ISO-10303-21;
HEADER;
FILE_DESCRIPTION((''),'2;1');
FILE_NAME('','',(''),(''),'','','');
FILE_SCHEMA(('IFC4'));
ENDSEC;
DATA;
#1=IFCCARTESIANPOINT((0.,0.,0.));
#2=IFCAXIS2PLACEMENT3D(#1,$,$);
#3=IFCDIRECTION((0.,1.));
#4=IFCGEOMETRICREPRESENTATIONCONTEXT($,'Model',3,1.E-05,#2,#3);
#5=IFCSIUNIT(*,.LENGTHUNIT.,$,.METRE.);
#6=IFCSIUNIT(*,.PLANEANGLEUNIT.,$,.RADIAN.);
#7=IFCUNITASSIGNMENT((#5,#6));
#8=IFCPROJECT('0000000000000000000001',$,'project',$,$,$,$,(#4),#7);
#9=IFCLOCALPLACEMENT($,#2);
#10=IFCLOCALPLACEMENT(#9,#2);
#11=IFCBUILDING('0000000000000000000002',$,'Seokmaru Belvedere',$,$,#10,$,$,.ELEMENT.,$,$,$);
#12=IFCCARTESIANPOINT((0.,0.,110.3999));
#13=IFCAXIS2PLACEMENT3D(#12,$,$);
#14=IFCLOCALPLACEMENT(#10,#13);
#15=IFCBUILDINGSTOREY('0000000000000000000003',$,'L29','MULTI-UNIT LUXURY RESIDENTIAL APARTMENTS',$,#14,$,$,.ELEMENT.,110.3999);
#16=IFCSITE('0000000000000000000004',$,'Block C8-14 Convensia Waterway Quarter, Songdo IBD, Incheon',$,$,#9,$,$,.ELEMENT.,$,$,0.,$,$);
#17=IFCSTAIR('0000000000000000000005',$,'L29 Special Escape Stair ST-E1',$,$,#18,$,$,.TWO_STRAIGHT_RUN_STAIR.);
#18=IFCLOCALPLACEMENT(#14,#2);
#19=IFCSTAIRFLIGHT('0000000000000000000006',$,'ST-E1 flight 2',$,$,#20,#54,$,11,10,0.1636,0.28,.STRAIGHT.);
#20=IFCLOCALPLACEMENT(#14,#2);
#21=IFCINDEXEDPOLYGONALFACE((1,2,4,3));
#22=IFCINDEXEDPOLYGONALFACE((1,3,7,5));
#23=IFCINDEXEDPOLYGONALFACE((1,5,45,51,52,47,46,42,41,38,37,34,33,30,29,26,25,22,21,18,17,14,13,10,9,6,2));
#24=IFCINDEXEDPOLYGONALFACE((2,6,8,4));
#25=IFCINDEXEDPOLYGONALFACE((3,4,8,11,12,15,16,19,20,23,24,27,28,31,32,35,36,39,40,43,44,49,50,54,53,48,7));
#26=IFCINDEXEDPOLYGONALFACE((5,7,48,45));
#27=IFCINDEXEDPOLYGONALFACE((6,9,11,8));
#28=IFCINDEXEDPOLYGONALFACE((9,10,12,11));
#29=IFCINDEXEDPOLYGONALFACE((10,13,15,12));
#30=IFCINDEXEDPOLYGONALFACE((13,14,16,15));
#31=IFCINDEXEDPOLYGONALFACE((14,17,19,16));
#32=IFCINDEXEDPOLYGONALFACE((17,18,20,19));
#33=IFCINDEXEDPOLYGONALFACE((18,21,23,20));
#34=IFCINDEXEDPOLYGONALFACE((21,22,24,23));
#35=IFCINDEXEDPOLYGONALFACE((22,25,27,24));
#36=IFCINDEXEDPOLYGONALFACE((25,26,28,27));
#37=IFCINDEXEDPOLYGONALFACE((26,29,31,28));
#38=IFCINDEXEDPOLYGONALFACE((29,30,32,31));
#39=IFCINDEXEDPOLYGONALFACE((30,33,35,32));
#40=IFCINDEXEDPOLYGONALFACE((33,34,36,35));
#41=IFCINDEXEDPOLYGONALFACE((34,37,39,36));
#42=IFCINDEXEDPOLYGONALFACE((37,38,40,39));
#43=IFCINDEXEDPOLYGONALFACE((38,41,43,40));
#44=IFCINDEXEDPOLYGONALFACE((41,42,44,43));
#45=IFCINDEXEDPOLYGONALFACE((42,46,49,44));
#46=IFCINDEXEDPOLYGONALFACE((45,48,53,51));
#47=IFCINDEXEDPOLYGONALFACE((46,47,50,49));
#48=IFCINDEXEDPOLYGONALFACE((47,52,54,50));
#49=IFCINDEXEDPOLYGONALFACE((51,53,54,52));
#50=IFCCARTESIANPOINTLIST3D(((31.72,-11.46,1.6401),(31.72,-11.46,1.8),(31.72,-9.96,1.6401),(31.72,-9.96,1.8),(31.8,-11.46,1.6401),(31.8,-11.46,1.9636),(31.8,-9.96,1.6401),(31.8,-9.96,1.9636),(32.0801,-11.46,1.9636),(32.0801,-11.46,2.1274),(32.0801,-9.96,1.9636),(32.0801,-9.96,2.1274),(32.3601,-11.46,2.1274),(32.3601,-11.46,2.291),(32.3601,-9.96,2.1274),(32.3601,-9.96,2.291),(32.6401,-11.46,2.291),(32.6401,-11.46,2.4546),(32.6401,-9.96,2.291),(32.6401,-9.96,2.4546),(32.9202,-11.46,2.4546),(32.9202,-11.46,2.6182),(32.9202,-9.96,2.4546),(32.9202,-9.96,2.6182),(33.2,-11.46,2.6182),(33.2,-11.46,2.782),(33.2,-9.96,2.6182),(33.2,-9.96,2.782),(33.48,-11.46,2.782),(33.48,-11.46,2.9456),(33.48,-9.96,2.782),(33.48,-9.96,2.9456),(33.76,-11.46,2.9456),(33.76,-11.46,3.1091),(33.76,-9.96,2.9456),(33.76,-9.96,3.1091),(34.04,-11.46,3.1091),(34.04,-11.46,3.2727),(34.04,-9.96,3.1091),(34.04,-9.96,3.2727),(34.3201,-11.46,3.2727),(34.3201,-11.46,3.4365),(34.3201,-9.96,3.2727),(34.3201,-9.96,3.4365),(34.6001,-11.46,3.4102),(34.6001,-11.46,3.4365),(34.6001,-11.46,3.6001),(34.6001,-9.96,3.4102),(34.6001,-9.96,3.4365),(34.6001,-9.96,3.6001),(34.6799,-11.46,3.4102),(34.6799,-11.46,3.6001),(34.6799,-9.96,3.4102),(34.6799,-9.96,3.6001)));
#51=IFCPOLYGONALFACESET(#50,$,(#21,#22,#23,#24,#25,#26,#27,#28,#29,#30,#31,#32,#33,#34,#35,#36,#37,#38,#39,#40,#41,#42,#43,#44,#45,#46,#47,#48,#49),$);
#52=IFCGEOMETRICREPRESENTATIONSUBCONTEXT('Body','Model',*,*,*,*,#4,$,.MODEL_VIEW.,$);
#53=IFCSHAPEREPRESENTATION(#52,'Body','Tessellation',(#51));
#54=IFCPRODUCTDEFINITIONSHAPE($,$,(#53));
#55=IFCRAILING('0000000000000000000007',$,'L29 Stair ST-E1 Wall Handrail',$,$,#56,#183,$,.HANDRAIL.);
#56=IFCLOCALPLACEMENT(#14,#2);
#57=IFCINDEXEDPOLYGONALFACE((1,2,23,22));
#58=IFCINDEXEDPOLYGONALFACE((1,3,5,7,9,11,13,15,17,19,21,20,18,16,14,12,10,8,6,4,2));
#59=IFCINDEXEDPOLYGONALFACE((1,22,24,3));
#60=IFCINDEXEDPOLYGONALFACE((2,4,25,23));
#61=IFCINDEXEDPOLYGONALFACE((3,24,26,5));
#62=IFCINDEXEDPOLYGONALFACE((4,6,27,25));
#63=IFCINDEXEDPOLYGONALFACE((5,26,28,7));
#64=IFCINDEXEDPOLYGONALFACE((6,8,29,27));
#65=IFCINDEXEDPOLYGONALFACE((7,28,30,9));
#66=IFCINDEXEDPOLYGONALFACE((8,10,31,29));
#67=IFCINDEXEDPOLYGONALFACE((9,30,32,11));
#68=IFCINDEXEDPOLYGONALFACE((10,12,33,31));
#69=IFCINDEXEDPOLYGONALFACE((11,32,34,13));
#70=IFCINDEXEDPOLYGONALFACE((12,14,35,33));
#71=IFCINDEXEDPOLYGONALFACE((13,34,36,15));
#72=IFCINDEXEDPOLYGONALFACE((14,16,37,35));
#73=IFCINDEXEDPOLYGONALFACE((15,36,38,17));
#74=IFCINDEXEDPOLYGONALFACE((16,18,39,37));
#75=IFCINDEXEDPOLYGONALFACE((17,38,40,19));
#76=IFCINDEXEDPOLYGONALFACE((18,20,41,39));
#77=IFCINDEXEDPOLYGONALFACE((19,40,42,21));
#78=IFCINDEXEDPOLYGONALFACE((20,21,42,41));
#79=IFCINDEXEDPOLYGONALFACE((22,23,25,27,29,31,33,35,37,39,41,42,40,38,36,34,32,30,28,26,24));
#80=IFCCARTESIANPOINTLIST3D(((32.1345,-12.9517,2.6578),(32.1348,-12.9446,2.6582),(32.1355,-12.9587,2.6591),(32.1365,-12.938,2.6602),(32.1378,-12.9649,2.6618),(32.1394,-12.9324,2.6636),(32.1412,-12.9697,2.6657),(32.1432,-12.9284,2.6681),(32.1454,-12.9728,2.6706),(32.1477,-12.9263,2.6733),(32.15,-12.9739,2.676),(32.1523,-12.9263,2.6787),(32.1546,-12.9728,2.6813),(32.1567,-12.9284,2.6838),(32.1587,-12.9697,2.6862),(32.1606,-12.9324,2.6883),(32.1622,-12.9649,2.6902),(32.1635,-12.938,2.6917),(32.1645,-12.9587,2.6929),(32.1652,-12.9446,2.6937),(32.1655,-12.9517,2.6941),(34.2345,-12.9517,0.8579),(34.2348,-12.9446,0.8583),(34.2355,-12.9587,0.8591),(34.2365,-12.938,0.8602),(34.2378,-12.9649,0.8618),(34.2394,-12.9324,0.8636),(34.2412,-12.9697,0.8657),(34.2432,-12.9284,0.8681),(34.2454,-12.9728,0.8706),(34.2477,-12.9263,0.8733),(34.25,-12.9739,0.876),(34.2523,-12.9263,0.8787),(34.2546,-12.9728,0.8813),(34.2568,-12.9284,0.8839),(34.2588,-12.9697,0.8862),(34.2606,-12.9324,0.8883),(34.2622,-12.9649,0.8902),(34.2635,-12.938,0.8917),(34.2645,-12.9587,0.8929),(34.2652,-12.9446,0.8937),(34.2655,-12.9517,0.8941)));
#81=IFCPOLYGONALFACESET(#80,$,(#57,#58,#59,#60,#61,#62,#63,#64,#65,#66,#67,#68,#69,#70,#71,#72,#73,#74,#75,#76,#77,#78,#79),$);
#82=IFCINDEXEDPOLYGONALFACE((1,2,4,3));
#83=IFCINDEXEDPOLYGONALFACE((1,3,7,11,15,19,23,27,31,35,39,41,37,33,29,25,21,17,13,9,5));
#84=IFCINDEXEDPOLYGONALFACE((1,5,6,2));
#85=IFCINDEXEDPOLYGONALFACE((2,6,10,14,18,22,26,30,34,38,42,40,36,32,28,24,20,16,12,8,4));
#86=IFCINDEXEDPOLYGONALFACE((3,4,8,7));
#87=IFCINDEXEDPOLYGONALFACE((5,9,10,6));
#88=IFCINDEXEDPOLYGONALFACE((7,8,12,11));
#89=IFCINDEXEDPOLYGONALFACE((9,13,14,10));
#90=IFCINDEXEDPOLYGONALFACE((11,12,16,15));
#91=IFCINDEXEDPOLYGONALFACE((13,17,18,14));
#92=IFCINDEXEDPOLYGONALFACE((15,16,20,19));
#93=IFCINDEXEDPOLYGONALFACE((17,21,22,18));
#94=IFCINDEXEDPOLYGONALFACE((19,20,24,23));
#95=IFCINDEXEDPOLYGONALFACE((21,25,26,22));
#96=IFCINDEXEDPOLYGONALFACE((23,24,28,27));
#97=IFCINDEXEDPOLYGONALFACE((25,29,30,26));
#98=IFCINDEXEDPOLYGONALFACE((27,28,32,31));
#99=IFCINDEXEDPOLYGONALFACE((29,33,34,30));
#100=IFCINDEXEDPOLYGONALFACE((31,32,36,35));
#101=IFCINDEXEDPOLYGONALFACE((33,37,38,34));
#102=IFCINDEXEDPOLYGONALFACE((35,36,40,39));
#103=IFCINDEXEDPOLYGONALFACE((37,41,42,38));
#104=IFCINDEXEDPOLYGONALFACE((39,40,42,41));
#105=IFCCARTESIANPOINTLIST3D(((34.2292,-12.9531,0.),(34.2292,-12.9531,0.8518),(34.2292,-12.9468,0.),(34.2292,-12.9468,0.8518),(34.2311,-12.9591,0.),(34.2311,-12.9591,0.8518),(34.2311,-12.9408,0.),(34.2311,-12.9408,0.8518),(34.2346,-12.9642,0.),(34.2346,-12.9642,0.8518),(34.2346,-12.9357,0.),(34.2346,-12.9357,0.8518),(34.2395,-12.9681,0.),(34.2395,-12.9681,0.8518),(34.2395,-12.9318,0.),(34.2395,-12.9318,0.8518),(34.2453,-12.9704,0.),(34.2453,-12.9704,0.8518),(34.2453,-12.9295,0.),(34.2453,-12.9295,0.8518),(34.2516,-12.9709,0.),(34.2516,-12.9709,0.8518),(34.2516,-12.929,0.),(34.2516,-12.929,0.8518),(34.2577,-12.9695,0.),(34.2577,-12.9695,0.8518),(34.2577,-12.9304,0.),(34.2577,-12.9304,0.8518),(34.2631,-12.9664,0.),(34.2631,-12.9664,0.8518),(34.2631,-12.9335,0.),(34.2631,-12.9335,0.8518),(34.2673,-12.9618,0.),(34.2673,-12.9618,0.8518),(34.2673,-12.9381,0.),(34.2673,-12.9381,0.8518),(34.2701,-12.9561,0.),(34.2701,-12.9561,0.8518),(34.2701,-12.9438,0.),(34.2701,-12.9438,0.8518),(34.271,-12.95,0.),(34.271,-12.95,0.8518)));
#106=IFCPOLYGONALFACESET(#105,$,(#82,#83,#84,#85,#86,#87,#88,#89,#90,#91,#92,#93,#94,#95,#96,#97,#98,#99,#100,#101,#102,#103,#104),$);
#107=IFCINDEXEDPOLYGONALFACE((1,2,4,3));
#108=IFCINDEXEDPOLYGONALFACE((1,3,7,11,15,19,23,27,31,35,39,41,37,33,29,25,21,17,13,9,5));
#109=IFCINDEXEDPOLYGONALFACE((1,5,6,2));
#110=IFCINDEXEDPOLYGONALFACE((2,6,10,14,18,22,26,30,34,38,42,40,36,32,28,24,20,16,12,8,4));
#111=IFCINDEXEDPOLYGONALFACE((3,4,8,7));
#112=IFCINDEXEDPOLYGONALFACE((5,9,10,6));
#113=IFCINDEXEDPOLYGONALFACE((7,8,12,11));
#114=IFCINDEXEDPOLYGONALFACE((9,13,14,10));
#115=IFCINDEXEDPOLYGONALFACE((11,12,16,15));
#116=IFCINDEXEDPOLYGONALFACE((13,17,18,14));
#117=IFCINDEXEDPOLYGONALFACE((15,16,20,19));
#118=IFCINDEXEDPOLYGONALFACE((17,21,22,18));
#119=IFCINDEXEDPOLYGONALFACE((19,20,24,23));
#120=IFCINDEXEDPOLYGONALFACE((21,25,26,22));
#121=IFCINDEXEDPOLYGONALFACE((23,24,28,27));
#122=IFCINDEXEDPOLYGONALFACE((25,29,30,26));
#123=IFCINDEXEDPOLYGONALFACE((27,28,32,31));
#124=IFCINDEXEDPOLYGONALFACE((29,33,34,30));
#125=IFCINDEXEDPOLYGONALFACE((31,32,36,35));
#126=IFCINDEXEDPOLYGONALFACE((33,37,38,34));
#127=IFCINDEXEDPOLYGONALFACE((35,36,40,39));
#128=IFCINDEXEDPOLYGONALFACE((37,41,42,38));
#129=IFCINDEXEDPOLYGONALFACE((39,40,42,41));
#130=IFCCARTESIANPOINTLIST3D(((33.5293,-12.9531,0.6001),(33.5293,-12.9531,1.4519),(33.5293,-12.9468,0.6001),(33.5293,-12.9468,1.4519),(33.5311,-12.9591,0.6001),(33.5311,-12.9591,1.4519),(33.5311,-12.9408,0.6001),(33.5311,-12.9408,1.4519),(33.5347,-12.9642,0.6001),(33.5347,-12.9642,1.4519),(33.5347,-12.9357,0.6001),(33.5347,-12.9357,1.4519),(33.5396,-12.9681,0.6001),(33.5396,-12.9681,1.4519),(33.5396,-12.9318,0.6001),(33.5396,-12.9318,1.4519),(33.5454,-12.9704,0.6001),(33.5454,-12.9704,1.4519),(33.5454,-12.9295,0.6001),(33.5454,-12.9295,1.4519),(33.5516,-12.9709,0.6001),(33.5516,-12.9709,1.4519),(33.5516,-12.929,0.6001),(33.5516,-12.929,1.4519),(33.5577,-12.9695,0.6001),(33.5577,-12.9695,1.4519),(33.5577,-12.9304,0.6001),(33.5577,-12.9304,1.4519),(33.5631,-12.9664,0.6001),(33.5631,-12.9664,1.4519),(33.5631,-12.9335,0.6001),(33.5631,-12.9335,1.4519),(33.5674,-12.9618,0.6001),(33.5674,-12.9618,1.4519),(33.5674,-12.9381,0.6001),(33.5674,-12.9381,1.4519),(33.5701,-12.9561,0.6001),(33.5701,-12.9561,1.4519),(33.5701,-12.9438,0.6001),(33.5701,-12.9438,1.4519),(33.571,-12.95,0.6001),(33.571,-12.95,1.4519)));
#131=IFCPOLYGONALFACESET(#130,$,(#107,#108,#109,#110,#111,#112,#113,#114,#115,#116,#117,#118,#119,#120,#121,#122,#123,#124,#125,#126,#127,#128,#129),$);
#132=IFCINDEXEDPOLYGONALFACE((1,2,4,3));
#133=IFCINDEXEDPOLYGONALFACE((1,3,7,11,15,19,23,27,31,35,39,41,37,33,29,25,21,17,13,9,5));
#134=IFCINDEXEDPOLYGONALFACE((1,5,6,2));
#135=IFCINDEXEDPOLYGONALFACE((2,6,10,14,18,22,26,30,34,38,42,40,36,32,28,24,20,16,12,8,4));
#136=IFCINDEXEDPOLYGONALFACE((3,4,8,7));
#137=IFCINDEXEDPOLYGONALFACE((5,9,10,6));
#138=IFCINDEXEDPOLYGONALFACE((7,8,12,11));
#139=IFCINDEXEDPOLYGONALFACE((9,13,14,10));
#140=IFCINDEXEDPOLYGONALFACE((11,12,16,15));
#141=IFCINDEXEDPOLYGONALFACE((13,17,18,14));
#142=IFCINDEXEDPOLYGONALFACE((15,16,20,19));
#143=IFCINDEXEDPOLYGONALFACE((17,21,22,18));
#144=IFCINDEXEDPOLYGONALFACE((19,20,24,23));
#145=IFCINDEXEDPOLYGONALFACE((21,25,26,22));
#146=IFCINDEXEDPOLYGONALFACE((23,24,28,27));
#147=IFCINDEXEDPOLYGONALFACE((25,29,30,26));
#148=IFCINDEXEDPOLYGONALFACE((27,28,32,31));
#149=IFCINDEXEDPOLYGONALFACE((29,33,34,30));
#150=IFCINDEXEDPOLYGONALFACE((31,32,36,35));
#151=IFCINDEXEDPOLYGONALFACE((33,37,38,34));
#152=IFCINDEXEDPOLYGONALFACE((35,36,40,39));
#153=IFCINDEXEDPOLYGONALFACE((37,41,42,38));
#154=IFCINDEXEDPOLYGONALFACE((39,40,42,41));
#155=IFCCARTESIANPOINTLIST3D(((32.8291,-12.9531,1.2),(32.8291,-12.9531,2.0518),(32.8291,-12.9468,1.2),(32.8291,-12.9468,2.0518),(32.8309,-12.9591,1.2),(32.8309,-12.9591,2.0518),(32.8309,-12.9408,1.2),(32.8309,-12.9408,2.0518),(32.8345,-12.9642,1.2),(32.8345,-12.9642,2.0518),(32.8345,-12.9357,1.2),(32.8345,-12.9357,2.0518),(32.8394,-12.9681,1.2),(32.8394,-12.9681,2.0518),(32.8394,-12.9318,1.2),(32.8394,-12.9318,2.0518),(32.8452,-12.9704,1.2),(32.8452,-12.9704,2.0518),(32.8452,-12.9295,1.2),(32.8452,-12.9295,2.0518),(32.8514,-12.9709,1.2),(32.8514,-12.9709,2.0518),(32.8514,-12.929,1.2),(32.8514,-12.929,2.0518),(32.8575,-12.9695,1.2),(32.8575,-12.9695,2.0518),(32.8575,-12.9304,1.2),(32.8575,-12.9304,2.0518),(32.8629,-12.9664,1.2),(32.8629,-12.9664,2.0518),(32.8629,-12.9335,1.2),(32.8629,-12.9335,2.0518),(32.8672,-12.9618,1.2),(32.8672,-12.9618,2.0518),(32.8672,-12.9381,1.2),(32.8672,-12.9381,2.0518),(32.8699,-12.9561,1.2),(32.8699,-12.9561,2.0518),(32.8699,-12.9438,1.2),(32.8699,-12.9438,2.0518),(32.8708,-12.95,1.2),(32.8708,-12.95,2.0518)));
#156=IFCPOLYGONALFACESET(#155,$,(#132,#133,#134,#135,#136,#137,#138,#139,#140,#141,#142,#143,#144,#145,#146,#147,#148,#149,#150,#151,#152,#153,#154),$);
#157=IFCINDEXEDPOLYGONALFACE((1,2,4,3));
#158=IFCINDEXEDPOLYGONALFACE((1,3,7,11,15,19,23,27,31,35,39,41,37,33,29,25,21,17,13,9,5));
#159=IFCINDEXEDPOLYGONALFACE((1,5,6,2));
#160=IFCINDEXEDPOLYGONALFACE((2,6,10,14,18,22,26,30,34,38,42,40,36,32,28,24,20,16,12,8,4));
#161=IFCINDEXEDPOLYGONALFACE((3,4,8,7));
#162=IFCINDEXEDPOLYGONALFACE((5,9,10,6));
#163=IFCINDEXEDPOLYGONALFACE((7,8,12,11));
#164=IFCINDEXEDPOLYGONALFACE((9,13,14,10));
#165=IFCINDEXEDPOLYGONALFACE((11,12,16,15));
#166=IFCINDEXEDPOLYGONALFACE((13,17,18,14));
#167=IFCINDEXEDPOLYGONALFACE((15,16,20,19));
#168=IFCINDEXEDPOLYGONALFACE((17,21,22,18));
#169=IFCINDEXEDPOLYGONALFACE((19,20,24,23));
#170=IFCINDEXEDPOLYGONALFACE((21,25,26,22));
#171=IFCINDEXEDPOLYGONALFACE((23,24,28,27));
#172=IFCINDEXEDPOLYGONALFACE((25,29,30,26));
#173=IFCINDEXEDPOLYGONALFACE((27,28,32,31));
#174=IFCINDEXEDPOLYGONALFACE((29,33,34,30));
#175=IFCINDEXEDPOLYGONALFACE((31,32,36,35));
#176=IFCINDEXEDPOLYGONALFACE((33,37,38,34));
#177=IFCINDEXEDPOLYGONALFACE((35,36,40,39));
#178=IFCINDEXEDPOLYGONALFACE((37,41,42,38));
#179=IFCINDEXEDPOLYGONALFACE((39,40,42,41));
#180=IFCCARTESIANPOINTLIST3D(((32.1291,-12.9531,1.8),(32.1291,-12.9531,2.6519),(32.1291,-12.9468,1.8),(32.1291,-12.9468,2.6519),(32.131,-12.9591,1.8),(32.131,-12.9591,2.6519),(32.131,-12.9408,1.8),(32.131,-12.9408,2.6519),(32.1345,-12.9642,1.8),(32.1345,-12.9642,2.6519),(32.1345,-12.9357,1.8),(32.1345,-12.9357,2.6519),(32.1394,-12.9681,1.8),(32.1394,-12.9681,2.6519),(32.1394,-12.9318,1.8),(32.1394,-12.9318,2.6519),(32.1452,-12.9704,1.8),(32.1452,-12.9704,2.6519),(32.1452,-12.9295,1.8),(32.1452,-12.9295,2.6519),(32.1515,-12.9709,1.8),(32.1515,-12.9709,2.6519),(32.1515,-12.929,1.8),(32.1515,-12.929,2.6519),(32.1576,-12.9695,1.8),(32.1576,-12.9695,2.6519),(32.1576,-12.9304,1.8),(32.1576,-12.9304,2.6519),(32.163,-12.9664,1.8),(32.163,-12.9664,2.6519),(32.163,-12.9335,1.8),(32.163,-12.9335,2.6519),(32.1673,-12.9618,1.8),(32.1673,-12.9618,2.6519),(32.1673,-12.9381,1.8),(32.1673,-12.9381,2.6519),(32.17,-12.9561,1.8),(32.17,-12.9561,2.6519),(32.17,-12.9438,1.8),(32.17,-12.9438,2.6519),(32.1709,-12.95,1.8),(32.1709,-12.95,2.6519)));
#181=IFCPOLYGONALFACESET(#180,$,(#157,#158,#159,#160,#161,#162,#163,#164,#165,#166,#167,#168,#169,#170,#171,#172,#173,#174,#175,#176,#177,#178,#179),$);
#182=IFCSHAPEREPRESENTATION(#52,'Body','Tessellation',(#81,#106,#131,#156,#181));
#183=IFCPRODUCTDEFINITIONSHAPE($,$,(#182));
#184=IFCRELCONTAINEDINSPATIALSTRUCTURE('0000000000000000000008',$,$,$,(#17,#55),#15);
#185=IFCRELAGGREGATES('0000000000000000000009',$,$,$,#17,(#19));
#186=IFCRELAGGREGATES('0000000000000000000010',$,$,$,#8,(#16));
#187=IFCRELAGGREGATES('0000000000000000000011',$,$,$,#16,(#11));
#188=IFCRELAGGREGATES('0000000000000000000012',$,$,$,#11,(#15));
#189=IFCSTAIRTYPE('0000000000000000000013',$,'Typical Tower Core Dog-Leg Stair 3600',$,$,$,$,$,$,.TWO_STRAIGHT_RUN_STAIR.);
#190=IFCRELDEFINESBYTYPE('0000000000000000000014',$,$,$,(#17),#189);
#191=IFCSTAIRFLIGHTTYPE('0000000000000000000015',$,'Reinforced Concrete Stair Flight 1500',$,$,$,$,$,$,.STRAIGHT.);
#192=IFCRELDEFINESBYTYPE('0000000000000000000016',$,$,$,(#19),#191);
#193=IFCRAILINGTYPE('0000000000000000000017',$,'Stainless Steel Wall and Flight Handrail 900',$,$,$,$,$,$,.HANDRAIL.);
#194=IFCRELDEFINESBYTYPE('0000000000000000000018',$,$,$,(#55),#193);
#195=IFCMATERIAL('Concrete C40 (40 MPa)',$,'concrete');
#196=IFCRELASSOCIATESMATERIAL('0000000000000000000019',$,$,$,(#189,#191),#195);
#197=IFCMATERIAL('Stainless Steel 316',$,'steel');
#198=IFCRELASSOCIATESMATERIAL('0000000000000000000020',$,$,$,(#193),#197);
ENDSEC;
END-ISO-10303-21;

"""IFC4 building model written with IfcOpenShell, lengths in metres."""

from ifc_helpers import new_model, si_unit, direction, frame, origin, origin_2d, place, context, subcontext, project, spatial, polyline, circle, outline, extrude, material, type_object, element, aggregate, save


model = new_model("IFC4")

# Units and contexts
model_context = context("Model", 3, precision=1e-05, world=origin(), true_north=direction((0.0, 1.0)))
body_context = subcontext(model_context, "Body", "Model", "MODEL_VIEW")
ifc_project = project(units=[si_unit("LENGTHUNIT", "METRE"), si_unit("PLANEANGLEUNIT", "RADIAN")], contexts=[model_context])

# Site, building, storey
site_placement = place(None, origin())
site = spatial("IfcSite", under=ifc_project, at=site_placement, Name="Block C8-14 Convensia Waterway Quarter, Songdo IBD, Incheon", CompositionType="ELEMENT", RefElevation=0.0)
building_placement = place(site_placement, origin())
building = spatial("IfcBuilding", under=site, at=building_placement, Name="Seokmaru Belvedere", CompositionType="ELEMENT")
storey_placement = place(building_placement, frame((0.0, 0.0, 110.3999)))
storey = spatial("IfcBuildingStorey", under=building, at=storey_placement, Name="L29", Description="MULTI-UNIT LUXURY RESIDENTIAL APARTMENTS", CompositionType="ELEMENT", Elevation=110.3999)

# Shared definitions
ifc_material_1 = material(Name="Stainless Steel 316", Category="steel")

# Stair, stair flight
ifc_material_2 = material(Name="Concrete C40 (40 MPa)", Category="concrete")
stair_type = type_object("IfcStairType", Name="Typical Tower Core Dog-Leg Stair 3600", PredefinedType="TWO_STRAIGHT_RUN_STAIR", material=ifc_material_2)
stair_placement = place(storey_placement, origin())
stair = element("IfcStair", 1, at=stair_placement, inside=storey, type_object=stair_type, Name="L29 Special Escape Stair ST-E1", PredefinedType="TWO_STRAIGHT_RUN_STAIR")
stair_flight_type = type_object("IfcStairFlightType", Name="Reinforced Concrete Stair Flight 1500", PredefinedType="STRAIGHT", material=ifc_material_2)
stair_flight_1_placement = place(storey_placement, frame((31.8, -10.71, 1.8), z_axis=(0.0, 0.0, 1.0), x_axis=(1.0, 0.0, 0.0)))
stair_flight_1 = element("IfcStairFlight", 2, at=stair_flight_1_placement, type_object=stair_flight_type, Name="ST-E1 flight 2", NumberOfRisers=11, NumberOfTreads=10, PredefinedType="STRAIGHT", RiserHeight=0.1636, TreadLength=0.28, context=body_context, shape_type="SweptSolid", body=[
    extrude(outline(polyline([(-0.0801, 0.0), (0.0, 0.1636), (0.28, 0.1636), (0.28, 0.3274), (0.5601, 0.3274), (0.5601, 0.491), (0.8401, 0.491), (0.8401, 0.6545), (1.1201, 0.6545), (1.1201, 0.8181), (1.3999, 0.8181), (1.3999, 0.9819), (1.6799, 0.9819), (1.6799, 1.1455), (1.96, 1.1455), (1.96, 1.3091), (2.24, 1.3091), (2.24, 1.4727), (2.52, 1.4727), (2.52, 1.6365), (2.8, 1.6365), (2.8, 1.8), (2.8799, 1.8), (2.8799, 1.6101), (2.8, 1.6101), (0.0, -0.1599), (-0.0801, -0.1599), (-0.0801, 0.0)])), frame((0.0, 0.75, 0.0), z_axis=(0.0, -1.0, 0.0), x_axis=(1.0, 0.0, 0.0)), (0.0, 0.0, 1.0), 1.5),
])
aggregate(stair, [stair_flight_1])

# Railing
railing_type_1 = type_object("IfcRailingType", Name="Stainless Steel Wall and Flight Handrail 900", PredefinedType="HANDRAIL", material=ifc_material_1)
railing_1_placement = place(storey_placement, frame((34.25, -12.95, 0.0)))
element("IfcRailing", 3, at=railing_1_placement, inside=storey, type_object=railing_type_1, Name="L29 Stair ST-E1 Wall Handrail", PredefinedType="HANDRAIL", context=body_context, shape_type="SweptSolid", body=[
    extrude(circle(Radius=0.0239, at=origin_2d()), frame((0.0, 0.0, 0.876), z_axis=(-0.759263, 0.0, 0.650784), x_axis=(0.0, -1.0, 0.0)), (0.0, 0.0, 1.0), 2.7659),
    extrude(circle(Radius=0.021, at=origin_2d()), origin(), (0.0, 0.0, 1.0), 0.8518),
    extrude(circle(Radius=0.021, at=origin_2d()), frame((-0.7, 0.0, 0.6001)), (0.0, 0.0, 1.0), 0.8518),
    extrude(circle(Radius=0.021, at=origin_2d()), frame((-1.4001, 0.0, 1.2)), (0.0, 0.0, 1.0), 0.8518),
    extrude(circle(Radius=0.021, at=origin_2d()), frame((-2.1001, 0.0, 1.8)), (0.0, 0.0, 1.0), 0.8518),
])

save(model, "model.ifc")
